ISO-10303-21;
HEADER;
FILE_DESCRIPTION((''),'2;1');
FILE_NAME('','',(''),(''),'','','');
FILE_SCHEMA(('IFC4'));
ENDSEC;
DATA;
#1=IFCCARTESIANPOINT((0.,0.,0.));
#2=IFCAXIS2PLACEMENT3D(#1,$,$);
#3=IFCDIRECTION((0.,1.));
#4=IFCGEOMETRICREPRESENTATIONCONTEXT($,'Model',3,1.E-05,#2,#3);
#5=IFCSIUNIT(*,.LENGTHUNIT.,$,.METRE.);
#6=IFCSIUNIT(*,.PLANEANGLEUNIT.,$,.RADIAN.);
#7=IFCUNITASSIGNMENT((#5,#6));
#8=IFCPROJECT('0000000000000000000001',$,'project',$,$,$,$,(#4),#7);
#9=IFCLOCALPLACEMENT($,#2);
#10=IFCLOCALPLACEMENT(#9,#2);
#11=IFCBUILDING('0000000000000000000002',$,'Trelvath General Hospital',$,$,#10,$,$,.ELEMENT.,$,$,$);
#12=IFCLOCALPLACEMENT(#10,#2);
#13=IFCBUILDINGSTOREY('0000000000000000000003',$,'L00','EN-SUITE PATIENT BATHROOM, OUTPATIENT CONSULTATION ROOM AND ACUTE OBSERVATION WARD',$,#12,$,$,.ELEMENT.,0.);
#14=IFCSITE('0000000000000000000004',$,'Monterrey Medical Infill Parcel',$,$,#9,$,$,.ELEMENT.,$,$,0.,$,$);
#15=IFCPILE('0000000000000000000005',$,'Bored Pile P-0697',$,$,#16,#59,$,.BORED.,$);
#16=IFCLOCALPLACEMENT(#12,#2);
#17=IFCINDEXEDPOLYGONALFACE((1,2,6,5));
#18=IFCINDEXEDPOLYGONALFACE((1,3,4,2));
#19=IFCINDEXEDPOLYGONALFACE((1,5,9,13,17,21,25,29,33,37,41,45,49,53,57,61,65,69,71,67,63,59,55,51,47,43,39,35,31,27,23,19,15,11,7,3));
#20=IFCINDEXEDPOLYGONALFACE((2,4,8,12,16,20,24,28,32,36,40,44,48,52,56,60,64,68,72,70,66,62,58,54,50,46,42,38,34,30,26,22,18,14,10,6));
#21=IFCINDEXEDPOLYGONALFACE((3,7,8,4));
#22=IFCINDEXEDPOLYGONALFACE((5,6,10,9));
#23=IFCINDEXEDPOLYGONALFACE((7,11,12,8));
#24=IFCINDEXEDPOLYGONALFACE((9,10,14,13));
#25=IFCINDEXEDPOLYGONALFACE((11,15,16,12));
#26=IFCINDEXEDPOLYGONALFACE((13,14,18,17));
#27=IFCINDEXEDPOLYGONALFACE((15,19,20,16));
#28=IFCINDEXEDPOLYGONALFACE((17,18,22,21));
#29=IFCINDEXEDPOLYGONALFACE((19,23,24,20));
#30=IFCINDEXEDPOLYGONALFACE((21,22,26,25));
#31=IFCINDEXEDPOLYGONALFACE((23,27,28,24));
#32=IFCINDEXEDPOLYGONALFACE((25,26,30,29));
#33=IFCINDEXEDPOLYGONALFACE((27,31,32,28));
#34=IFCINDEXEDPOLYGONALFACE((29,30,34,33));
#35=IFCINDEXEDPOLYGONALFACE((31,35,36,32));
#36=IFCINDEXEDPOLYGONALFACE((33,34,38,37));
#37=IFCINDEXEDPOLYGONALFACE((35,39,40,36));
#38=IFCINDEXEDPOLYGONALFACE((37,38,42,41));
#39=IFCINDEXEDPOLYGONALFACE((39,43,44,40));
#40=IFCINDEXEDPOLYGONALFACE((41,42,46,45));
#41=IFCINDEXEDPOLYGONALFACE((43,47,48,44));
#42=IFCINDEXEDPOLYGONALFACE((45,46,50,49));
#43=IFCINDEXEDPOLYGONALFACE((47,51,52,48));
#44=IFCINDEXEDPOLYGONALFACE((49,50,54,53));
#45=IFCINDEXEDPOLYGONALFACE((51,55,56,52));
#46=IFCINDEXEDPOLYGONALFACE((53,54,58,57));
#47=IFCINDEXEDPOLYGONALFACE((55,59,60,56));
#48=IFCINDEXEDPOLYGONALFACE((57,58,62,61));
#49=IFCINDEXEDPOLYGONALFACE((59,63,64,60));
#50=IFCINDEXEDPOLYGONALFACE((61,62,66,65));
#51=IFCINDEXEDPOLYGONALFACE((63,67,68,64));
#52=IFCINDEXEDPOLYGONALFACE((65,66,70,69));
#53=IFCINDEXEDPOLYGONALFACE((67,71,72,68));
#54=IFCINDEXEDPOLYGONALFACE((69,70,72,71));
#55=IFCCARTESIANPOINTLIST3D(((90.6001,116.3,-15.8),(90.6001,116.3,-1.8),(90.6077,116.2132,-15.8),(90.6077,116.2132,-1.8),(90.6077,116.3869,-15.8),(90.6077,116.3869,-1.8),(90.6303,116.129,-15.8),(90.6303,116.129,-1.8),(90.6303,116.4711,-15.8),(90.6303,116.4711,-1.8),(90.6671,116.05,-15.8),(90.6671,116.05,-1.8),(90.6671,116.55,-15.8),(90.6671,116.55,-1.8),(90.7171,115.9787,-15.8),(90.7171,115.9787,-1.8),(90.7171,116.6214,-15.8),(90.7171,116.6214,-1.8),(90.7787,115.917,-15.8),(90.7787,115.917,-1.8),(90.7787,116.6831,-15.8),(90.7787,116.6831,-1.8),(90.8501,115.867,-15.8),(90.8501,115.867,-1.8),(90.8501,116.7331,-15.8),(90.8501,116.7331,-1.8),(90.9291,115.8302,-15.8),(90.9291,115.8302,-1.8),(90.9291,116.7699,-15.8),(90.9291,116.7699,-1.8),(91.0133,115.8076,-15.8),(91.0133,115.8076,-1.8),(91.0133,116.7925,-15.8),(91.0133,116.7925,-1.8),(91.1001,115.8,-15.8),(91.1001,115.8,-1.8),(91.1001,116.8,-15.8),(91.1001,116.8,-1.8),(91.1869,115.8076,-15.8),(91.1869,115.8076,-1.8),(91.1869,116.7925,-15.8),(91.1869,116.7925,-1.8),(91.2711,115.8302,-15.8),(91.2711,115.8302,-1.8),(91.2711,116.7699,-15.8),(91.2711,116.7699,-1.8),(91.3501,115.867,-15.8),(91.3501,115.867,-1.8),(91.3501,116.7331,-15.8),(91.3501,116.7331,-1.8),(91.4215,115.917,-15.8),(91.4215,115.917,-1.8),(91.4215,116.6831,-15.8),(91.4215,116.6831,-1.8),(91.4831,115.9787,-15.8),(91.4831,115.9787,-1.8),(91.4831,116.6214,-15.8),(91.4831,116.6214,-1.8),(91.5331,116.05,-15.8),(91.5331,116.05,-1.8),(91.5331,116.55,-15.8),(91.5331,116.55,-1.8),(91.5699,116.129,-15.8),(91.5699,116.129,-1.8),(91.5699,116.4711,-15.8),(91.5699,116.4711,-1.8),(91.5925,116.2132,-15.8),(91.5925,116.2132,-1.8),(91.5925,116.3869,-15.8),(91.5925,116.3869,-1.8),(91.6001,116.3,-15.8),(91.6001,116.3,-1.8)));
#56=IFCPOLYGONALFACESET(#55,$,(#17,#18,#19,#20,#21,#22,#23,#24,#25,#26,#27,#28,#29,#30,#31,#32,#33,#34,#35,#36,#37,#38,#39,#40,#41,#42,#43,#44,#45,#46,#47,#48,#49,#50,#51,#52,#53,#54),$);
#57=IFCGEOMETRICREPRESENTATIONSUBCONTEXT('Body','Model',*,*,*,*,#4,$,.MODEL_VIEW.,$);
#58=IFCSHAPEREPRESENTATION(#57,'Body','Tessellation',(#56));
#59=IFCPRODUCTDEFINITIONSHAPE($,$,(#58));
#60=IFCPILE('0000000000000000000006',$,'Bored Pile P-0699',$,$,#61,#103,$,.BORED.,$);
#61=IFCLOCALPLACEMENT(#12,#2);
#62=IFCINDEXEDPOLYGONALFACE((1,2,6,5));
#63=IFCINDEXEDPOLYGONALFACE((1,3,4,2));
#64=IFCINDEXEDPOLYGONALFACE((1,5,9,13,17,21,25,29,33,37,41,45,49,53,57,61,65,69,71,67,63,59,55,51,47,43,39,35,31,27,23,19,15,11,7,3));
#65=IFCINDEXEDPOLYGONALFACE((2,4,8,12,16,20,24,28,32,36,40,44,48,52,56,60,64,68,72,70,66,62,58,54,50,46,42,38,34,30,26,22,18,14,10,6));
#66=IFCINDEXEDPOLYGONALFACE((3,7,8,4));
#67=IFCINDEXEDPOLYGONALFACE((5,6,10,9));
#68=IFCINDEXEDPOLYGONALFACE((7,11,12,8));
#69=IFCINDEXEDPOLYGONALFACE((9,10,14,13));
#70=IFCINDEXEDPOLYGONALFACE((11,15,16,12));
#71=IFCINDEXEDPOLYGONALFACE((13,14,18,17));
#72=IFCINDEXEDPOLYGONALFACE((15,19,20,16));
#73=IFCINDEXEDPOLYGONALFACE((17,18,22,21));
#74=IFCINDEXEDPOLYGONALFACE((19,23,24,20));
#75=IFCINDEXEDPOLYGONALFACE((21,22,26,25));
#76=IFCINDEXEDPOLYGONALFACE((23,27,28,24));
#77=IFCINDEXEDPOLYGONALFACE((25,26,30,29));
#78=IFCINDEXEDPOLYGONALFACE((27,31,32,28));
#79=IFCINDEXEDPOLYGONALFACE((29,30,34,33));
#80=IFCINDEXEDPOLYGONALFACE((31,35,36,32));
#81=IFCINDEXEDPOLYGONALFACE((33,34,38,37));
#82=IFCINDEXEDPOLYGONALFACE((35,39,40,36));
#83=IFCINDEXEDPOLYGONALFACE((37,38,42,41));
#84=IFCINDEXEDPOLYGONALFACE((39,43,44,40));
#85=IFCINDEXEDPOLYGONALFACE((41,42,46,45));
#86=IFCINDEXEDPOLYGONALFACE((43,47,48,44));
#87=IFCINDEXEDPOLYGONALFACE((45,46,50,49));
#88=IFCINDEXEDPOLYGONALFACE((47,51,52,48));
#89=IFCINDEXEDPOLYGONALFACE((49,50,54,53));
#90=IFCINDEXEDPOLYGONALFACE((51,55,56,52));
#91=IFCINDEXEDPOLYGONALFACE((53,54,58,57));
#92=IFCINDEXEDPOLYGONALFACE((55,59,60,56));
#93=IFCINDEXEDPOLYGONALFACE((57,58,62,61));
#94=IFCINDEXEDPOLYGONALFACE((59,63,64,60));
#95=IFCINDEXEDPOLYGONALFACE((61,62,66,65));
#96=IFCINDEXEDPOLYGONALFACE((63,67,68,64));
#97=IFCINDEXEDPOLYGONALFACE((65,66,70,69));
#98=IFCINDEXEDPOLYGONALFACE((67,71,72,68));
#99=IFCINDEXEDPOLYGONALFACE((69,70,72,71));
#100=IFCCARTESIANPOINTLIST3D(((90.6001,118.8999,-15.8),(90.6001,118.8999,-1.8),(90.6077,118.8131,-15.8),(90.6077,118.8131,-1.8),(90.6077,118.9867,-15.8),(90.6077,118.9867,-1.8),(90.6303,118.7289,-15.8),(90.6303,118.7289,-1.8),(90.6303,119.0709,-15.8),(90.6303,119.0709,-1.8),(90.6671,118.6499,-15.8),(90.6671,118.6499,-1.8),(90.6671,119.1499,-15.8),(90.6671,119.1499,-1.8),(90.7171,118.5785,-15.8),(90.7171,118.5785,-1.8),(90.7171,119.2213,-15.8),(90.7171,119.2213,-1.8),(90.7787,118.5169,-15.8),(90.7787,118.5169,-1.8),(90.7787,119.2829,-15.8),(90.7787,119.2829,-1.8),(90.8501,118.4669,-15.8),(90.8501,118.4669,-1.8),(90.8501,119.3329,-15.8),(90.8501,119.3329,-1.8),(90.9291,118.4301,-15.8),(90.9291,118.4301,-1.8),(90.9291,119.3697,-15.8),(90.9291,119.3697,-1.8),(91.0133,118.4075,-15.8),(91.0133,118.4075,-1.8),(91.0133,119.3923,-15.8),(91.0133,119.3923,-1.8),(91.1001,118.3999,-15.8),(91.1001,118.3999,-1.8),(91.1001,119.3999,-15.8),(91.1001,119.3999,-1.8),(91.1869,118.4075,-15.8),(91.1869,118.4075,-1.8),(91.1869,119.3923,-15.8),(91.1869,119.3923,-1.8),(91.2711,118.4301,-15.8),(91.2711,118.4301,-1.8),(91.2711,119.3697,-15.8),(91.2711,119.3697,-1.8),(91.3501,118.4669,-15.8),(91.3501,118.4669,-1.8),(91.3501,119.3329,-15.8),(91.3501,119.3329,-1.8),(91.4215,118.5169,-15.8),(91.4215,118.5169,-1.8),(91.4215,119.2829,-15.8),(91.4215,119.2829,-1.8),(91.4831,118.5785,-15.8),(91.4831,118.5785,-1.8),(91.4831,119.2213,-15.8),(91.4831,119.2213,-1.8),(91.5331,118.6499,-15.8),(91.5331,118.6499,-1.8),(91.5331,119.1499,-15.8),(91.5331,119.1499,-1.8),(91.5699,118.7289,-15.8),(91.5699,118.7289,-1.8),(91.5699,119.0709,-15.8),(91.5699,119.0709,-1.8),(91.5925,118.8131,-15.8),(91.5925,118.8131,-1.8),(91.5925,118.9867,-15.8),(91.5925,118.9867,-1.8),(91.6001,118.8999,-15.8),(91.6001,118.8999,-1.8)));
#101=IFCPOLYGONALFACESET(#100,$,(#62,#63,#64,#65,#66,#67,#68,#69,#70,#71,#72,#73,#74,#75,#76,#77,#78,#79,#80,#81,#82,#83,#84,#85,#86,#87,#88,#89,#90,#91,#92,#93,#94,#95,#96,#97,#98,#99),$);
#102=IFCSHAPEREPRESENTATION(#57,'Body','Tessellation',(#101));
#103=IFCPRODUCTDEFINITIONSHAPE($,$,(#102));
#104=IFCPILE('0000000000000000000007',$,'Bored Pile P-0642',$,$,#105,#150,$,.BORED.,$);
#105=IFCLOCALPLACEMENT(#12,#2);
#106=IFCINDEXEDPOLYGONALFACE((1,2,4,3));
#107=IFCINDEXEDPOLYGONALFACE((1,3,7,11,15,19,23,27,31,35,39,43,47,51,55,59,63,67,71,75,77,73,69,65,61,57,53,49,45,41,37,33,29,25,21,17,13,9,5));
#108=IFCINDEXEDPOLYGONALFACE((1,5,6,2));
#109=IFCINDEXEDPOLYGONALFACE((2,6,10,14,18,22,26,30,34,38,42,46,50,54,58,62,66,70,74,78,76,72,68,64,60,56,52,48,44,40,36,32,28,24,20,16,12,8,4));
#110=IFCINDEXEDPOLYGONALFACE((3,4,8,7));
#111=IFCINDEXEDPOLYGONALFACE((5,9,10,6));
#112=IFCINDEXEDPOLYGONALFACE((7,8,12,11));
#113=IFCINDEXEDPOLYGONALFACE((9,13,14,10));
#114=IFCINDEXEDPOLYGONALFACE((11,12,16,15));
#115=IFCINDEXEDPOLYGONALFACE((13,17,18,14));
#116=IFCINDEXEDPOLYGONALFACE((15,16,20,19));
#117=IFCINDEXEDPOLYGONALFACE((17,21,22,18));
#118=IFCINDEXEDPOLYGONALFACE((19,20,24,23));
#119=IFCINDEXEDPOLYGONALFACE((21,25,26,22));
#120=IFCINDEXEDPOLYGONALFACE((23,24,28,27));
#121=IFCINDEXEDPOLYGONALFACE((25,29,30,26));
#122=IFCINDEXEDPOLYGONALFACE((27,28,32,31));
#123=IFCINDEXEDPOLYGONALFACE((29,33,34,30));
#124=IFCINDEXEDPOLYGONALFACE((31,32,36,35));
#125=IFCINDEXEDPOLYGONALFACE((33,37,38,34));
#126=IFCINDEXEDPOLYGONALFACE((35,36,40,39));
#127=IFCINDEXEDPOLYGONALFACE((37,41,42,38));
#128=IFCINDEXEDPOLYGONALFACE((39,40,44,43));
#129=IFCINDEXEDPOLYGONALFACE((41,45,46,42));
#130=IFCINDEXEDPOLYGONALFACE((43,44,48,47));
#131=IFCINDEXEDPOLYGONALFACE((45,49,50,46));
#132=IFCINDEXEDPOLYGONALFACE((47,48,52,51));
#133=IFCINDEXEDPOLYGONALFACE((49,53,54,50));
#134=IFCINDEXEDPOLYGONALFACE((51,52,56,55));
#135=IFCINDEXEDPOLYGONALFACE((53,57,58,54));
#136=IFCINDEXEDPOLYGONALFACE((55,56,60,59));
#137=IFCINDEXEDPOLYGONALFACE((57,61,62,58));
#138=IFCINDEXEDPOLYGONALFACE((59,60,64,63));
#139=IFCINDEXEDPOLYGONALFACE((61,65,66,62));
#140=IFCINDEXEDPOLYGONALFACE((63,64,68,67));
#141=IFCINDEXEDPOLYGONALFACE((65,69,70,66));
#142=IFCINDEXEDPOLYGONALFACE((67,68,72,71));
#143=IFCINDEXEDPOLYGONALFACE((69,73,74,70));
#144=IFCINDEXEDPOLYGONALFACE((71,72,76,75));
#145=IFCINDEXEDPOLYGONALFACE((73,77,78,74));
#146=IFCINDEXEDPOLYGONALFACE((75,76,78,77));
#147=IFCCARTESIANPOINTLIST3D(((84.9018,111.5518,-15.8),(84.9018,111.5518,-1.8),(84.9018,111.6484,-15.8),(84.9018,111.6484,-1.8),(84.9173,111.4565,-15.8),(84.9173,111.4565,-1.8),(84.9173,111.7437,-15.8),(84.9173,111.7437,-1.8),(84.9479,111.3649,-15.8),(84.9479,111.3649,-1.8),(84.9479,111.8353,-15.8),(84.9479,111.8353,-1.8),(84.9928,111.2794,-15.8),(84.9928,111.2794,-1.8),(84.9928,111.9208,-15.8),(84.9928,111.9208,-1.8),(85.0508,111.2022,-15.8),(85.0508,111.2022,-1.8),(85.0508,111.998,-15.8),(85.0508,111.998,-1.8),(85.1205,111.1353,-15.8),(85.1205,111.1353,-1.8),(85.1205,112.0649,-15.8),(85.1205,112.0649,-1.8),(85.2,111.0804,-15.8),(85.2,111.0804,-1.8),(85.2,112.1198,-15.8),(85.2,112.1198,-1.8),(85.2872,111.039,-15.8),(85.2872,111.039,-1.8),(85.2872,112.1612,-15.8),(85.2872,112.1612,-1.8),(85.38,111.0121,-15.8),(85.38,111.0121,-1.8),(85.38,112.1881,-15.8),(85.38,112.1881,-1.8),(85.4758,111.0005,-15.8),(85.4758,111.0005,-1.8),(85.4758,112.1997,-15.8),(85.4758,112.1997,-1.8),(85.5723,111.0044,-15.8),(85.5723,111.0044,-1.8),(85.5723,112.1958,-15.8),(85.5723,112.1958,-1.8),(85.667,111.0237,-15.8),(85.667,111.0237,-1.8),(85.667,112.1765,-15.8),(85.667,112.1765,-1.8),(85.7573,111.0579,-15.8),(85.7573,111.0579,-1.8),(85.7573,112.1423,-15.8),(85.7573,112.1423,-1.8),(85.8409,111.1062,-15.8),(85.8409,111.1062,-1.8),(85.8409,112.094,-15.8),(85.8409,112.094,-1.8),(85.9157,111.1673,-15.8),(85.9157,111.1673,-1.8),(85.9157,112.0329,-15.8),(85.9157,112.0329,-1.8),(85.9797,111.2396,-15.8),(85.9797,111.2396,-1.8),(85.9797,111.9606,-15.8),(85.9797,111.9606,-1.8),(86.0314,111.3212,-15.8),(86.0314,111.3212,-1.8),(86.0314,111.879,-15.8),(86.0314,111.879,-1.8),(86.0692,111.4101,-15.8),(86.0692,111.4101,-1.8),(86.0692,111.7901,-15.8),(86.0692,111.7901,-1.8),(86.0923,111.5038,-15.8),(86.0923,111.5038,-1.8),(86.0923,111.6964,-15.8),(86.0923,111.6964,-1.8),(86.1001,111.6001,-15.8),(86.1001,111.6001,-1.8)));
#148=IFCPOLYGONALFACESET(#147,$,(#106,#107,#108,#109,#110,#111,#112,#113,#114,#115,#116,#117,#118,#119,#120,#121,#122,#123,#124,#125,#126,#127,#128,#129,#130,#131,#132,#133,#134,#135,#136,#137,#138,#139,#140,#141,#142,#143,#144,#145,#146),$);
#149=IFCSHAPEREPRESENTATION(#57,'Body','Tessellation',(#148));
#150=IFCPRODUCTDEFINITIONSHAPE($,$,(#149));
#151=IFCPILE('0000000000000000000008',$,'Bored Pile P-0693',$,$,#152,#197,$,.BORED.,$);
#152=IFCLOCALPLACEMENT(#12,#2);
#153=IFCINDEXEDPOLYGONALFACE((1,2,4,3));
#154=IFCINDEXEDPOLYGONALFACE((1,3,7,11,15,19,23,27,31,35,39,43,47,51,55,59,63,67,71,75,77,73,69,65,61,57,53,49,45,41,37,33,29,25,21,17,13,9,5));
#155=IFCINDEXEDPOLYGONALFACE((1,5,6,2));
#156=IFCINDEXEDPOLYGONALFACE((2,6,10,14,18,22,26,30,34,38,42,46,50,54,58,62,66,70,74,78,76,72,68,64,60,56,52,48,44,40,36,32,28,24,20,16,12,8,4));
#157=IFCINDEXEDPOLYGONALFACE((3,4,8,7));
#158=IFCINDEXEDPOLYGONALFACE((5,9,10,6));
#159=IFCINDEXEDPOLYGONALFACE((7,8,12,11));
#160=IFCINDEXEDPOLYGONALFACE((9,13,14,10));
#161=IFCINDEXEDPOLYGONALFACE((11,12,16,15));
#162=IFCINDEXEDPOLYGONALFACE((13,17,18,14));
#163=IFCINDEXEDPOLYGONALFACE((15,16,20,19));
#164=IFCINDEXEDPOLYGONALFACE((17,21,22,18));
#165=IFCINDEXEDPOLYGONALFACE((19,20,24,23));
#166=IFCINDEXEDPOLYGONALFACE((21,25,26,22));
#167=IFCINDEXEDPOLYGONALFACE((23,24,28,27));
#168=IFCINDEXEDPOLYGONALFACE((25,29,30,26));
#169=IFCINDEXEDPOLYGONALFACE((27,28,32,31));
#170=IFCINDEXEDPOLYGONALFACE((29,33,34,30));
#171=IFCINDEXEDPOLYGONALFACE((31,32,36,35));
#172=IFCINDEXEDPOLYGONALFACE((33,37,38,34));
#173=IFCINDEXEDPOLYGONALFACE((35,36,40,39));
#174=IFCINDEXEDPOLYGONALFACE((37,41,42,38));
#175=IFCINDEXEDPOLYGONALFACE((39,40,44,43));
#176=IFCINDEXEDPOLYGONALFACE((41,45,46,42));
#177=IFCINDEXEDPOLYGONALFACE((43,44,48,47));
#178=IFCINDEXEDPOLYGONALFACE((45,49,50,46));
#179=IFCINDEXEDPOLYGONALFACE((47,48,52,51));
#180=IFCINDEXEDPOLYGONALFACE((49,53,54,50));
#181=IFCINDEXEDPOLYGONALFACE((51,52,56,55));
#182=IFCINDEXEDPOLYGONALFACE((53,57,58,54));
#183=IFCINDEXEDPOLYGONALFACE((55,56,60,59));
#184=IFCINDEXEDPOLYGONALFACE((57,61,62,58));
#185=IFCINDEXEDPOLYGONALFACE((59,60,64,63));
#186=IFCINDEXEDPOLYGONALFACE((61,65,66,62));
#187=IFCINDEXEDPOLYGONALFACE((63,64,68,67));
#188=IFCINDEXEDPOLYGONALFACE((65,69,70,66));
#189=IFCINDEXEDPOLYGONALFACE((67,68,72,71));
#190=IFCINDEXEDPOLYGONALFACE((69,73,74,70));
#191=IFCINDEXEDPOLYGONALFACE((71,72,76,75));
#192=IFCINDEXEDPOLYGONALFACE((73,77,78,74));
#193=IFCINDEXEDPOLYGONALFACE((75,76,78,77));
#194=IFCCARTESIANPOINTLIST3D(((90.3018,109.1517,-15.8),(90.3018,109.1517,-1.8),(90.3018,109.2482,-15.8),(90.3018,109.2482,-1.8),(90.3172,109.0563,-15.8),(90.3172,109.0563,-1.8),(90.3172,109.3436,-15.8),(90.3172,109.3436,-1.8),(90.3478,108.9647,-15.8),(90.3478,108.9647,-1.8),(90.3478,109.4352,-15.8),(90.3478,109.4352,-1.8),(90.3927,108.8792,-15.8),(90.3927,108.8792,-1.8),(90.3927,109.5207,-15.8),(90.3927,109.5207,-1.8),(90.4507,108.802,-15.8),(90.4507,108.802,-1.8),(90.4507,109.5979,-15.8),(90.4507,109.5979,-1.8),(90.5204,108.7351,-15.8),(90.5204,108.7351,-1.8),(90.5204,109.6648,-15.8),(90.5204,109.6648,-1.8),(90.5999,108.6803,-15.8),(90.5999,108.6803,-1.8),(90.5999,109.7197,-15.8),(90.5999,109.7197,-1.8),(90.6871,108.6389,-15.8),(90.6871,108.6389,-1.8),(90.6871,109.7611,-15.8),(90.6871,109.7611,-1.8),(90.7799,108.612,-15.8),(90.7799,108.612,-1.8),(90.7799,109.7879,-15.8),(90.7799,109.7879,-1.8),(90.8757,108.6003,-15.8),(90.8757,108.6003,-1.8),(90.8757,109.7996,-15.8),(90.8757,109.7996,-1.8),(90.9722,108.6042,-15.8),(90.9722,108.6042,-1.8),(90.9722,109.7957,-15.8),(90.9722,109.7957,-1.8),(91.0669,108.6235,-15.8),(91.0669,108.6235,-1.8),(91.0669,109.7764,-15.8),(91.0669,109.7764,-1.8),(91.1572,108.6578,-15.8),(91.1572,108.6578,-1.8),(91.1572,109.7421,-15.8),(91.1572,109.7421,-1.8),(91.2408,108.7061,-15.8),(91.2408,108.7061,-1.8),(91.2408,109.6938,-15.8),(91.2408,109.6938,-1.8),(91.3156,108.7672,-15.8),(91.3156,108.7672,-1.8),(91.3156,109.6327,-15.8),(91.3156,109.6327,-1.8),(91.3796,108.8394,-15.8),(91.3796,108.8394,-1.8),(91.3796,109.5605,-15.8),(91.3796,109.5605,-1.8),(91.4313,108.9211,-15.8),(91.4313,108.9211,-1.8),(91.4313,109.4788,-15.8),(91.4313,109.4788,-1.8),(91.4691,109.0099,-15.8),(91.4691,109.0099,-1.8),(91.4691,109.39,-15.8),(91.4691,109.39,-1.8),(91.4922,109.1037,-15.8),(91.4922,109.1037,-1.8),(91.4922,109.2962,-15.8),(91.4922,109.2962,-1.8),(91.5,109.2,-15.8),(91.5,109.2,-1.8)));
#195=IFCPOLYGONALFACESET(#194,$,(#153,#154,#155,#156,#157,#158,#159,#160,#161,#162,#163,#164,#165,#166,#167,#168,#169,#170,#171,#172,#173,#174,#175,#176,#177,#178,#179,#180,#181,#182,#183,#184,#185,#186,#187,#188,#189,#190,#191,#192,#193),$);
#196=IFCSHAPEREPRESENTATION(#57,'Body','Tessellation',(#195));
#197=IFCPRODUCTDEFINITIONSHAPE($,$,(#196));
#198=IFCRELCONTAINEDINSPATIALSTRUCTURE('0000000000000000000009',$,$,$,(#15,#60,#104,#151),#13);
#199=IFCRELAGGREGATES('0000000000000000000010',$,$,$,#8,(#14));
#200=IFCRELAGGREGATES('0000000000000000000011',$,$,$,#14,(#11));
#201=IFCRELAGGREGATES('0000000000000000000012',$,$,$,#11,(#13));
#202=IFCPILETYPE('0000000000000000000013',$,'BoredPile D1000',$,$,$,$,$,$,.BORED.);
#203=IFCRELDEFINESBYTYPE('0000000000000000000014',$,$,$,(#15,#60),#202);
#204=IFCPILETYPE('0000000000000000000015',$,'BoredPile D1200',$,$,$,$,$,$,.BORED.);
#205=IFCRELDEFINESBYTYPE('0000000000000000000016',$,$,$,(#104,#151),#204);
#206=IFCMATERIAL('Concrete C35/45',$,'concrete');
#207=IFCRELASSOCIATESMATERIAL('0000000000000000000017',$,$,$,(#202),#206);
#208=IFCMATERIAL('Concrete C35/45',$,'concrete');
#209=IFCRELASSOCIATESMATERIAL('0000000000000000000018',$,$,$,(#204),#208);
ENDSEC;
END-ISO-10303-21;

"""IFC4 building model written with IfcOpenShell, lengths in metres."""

from ifc_helpers import new_model, si_unit, direction, frame, origin, origin_2d, place, context, subcontext, project, spatial, circle, extrude, material, material_profile, profile_set, type_object, element, save


model = new_model("IFC4")

# Units and contexts
model_context = context("Model", 3, precision=1e-05, world=origin(), true_north=direction((0.0, 1.0)))
body_context = subcontext(model_context, "Body", "Model", "MODEL_VIEW")
ifc_project = project(units=[si_unit("LENGTHUNIT", "METRE"), si_unit("PLANEANGLEUNIT", "RADIAN")], contexts=[model_context])

# Site, building, storey
site_placement = place(None, origin())
site = spatial("IfcSite", under=ifc_project, at=site_placement, Name="Monterrey Medical Infill Parcel", CompositionType="ELEMENT", RefElevation=0.0)
building_placement = place(site_placement, origin())
building = spatial("IfcBuilding", under=site, at=building_placement, Name="Trelvath General Hospital", CompositionType="ELEMENT")
storey_placement = place(building_placement, origin())
storey = spatial("IfcBuildingStorey", under=building, at=storey_placement, Name="L00", Description="EN-SUITE PATIENT BATHROOM, OUTPATIENT CONSULTATION ROOM AND ACUTE OBSERVATION WARD", CompositionType="ELEMENT", Elevation=0.0)

# Piles
ifc_material_1 = material(Name="Concrete C35/45", Category="concrete")
ifc_material_profile_1 = material_profile(ifc_material_1, circle(Radius=0.5, at=origin_2d()), Name="PILE1000")
ifc_profile_set_1 = profile_set([ifc_material_profile_1], Name="Concrete C35/45")
pile_type_1 = type_object("IfcPileType", Name="BoredPile D1000", PredefinedType="BORED", material=ifc_profile_set_1)
for number, where, z_axis, x_axis, name in (
    (1, (91.1001, 116.3, -1.8), (0.0, 0.0, -1.0), (1.0, 0.0, 0.0), "Bored Pile P-0697"),
    (2, (91.1001, 118.8999, -1.8), (0.0, 0.0, -1.0), (1.0, 0.0, 0.0), "Bored Pile P-0699"),
):
    element("IfcPile", number, at=place(storey_placement, frame(where, z_axis=z_axis, x_axis=x_axis)), inside=storey, type_object=pile_type_1, Name=name, PredefinedType="BORED", context=body_context, shape_type="SweptSolid", body=[
        extrude(circle(Radius=0.5, at=origin_2d()), origin(), (0.0, 0.0, 1.0), 14.0),
    ])
ifc_material_2 = material(Name="Concrete C35/45", Category="concrete")
ifc_material_profile_2 = material_profile(ifc_material_2, circle(Radius=0.6001, at=origin_2d()), Name="PILE1200")
ifc_profile_set_2 = profile_set([ifc_material_profile_2], Name="Concrete C35/45")
pile_type_2 = type_object("IfcPileType", Name="BoredPile D1200", PredefinedType="BORED", material=ifc_profile_set_2)
for number, where, z_axis, x_axis, name in (
    (3, (85.5, 111.6001, -1.8), (0.0, 0.0, -1.0), (1.0, 0.0, 0.0), "Bored Pile P-0642"),
    (4, (90.8999, 109.2, -1.8), (0.0, 0.0, -1.0), (1.0, 0.0, 0.0), "Bored Pile P-0693"),
):
    element("IfcPile", number, at=place(storey_placement, frame(where, z_axis=z_axis, x_axis=x_axis)), inside=storey, type_object=pile_type_2, Name=name, PredefinedType="BORED", context=body_context, shape_type="SweptSolid", body=[
        extrude(circle(Radius=0.6001, at=origin_2d()), origin(), (0.0, 0.0, 1.0), 14.0),
    ])

save(model, "model.ifc")
